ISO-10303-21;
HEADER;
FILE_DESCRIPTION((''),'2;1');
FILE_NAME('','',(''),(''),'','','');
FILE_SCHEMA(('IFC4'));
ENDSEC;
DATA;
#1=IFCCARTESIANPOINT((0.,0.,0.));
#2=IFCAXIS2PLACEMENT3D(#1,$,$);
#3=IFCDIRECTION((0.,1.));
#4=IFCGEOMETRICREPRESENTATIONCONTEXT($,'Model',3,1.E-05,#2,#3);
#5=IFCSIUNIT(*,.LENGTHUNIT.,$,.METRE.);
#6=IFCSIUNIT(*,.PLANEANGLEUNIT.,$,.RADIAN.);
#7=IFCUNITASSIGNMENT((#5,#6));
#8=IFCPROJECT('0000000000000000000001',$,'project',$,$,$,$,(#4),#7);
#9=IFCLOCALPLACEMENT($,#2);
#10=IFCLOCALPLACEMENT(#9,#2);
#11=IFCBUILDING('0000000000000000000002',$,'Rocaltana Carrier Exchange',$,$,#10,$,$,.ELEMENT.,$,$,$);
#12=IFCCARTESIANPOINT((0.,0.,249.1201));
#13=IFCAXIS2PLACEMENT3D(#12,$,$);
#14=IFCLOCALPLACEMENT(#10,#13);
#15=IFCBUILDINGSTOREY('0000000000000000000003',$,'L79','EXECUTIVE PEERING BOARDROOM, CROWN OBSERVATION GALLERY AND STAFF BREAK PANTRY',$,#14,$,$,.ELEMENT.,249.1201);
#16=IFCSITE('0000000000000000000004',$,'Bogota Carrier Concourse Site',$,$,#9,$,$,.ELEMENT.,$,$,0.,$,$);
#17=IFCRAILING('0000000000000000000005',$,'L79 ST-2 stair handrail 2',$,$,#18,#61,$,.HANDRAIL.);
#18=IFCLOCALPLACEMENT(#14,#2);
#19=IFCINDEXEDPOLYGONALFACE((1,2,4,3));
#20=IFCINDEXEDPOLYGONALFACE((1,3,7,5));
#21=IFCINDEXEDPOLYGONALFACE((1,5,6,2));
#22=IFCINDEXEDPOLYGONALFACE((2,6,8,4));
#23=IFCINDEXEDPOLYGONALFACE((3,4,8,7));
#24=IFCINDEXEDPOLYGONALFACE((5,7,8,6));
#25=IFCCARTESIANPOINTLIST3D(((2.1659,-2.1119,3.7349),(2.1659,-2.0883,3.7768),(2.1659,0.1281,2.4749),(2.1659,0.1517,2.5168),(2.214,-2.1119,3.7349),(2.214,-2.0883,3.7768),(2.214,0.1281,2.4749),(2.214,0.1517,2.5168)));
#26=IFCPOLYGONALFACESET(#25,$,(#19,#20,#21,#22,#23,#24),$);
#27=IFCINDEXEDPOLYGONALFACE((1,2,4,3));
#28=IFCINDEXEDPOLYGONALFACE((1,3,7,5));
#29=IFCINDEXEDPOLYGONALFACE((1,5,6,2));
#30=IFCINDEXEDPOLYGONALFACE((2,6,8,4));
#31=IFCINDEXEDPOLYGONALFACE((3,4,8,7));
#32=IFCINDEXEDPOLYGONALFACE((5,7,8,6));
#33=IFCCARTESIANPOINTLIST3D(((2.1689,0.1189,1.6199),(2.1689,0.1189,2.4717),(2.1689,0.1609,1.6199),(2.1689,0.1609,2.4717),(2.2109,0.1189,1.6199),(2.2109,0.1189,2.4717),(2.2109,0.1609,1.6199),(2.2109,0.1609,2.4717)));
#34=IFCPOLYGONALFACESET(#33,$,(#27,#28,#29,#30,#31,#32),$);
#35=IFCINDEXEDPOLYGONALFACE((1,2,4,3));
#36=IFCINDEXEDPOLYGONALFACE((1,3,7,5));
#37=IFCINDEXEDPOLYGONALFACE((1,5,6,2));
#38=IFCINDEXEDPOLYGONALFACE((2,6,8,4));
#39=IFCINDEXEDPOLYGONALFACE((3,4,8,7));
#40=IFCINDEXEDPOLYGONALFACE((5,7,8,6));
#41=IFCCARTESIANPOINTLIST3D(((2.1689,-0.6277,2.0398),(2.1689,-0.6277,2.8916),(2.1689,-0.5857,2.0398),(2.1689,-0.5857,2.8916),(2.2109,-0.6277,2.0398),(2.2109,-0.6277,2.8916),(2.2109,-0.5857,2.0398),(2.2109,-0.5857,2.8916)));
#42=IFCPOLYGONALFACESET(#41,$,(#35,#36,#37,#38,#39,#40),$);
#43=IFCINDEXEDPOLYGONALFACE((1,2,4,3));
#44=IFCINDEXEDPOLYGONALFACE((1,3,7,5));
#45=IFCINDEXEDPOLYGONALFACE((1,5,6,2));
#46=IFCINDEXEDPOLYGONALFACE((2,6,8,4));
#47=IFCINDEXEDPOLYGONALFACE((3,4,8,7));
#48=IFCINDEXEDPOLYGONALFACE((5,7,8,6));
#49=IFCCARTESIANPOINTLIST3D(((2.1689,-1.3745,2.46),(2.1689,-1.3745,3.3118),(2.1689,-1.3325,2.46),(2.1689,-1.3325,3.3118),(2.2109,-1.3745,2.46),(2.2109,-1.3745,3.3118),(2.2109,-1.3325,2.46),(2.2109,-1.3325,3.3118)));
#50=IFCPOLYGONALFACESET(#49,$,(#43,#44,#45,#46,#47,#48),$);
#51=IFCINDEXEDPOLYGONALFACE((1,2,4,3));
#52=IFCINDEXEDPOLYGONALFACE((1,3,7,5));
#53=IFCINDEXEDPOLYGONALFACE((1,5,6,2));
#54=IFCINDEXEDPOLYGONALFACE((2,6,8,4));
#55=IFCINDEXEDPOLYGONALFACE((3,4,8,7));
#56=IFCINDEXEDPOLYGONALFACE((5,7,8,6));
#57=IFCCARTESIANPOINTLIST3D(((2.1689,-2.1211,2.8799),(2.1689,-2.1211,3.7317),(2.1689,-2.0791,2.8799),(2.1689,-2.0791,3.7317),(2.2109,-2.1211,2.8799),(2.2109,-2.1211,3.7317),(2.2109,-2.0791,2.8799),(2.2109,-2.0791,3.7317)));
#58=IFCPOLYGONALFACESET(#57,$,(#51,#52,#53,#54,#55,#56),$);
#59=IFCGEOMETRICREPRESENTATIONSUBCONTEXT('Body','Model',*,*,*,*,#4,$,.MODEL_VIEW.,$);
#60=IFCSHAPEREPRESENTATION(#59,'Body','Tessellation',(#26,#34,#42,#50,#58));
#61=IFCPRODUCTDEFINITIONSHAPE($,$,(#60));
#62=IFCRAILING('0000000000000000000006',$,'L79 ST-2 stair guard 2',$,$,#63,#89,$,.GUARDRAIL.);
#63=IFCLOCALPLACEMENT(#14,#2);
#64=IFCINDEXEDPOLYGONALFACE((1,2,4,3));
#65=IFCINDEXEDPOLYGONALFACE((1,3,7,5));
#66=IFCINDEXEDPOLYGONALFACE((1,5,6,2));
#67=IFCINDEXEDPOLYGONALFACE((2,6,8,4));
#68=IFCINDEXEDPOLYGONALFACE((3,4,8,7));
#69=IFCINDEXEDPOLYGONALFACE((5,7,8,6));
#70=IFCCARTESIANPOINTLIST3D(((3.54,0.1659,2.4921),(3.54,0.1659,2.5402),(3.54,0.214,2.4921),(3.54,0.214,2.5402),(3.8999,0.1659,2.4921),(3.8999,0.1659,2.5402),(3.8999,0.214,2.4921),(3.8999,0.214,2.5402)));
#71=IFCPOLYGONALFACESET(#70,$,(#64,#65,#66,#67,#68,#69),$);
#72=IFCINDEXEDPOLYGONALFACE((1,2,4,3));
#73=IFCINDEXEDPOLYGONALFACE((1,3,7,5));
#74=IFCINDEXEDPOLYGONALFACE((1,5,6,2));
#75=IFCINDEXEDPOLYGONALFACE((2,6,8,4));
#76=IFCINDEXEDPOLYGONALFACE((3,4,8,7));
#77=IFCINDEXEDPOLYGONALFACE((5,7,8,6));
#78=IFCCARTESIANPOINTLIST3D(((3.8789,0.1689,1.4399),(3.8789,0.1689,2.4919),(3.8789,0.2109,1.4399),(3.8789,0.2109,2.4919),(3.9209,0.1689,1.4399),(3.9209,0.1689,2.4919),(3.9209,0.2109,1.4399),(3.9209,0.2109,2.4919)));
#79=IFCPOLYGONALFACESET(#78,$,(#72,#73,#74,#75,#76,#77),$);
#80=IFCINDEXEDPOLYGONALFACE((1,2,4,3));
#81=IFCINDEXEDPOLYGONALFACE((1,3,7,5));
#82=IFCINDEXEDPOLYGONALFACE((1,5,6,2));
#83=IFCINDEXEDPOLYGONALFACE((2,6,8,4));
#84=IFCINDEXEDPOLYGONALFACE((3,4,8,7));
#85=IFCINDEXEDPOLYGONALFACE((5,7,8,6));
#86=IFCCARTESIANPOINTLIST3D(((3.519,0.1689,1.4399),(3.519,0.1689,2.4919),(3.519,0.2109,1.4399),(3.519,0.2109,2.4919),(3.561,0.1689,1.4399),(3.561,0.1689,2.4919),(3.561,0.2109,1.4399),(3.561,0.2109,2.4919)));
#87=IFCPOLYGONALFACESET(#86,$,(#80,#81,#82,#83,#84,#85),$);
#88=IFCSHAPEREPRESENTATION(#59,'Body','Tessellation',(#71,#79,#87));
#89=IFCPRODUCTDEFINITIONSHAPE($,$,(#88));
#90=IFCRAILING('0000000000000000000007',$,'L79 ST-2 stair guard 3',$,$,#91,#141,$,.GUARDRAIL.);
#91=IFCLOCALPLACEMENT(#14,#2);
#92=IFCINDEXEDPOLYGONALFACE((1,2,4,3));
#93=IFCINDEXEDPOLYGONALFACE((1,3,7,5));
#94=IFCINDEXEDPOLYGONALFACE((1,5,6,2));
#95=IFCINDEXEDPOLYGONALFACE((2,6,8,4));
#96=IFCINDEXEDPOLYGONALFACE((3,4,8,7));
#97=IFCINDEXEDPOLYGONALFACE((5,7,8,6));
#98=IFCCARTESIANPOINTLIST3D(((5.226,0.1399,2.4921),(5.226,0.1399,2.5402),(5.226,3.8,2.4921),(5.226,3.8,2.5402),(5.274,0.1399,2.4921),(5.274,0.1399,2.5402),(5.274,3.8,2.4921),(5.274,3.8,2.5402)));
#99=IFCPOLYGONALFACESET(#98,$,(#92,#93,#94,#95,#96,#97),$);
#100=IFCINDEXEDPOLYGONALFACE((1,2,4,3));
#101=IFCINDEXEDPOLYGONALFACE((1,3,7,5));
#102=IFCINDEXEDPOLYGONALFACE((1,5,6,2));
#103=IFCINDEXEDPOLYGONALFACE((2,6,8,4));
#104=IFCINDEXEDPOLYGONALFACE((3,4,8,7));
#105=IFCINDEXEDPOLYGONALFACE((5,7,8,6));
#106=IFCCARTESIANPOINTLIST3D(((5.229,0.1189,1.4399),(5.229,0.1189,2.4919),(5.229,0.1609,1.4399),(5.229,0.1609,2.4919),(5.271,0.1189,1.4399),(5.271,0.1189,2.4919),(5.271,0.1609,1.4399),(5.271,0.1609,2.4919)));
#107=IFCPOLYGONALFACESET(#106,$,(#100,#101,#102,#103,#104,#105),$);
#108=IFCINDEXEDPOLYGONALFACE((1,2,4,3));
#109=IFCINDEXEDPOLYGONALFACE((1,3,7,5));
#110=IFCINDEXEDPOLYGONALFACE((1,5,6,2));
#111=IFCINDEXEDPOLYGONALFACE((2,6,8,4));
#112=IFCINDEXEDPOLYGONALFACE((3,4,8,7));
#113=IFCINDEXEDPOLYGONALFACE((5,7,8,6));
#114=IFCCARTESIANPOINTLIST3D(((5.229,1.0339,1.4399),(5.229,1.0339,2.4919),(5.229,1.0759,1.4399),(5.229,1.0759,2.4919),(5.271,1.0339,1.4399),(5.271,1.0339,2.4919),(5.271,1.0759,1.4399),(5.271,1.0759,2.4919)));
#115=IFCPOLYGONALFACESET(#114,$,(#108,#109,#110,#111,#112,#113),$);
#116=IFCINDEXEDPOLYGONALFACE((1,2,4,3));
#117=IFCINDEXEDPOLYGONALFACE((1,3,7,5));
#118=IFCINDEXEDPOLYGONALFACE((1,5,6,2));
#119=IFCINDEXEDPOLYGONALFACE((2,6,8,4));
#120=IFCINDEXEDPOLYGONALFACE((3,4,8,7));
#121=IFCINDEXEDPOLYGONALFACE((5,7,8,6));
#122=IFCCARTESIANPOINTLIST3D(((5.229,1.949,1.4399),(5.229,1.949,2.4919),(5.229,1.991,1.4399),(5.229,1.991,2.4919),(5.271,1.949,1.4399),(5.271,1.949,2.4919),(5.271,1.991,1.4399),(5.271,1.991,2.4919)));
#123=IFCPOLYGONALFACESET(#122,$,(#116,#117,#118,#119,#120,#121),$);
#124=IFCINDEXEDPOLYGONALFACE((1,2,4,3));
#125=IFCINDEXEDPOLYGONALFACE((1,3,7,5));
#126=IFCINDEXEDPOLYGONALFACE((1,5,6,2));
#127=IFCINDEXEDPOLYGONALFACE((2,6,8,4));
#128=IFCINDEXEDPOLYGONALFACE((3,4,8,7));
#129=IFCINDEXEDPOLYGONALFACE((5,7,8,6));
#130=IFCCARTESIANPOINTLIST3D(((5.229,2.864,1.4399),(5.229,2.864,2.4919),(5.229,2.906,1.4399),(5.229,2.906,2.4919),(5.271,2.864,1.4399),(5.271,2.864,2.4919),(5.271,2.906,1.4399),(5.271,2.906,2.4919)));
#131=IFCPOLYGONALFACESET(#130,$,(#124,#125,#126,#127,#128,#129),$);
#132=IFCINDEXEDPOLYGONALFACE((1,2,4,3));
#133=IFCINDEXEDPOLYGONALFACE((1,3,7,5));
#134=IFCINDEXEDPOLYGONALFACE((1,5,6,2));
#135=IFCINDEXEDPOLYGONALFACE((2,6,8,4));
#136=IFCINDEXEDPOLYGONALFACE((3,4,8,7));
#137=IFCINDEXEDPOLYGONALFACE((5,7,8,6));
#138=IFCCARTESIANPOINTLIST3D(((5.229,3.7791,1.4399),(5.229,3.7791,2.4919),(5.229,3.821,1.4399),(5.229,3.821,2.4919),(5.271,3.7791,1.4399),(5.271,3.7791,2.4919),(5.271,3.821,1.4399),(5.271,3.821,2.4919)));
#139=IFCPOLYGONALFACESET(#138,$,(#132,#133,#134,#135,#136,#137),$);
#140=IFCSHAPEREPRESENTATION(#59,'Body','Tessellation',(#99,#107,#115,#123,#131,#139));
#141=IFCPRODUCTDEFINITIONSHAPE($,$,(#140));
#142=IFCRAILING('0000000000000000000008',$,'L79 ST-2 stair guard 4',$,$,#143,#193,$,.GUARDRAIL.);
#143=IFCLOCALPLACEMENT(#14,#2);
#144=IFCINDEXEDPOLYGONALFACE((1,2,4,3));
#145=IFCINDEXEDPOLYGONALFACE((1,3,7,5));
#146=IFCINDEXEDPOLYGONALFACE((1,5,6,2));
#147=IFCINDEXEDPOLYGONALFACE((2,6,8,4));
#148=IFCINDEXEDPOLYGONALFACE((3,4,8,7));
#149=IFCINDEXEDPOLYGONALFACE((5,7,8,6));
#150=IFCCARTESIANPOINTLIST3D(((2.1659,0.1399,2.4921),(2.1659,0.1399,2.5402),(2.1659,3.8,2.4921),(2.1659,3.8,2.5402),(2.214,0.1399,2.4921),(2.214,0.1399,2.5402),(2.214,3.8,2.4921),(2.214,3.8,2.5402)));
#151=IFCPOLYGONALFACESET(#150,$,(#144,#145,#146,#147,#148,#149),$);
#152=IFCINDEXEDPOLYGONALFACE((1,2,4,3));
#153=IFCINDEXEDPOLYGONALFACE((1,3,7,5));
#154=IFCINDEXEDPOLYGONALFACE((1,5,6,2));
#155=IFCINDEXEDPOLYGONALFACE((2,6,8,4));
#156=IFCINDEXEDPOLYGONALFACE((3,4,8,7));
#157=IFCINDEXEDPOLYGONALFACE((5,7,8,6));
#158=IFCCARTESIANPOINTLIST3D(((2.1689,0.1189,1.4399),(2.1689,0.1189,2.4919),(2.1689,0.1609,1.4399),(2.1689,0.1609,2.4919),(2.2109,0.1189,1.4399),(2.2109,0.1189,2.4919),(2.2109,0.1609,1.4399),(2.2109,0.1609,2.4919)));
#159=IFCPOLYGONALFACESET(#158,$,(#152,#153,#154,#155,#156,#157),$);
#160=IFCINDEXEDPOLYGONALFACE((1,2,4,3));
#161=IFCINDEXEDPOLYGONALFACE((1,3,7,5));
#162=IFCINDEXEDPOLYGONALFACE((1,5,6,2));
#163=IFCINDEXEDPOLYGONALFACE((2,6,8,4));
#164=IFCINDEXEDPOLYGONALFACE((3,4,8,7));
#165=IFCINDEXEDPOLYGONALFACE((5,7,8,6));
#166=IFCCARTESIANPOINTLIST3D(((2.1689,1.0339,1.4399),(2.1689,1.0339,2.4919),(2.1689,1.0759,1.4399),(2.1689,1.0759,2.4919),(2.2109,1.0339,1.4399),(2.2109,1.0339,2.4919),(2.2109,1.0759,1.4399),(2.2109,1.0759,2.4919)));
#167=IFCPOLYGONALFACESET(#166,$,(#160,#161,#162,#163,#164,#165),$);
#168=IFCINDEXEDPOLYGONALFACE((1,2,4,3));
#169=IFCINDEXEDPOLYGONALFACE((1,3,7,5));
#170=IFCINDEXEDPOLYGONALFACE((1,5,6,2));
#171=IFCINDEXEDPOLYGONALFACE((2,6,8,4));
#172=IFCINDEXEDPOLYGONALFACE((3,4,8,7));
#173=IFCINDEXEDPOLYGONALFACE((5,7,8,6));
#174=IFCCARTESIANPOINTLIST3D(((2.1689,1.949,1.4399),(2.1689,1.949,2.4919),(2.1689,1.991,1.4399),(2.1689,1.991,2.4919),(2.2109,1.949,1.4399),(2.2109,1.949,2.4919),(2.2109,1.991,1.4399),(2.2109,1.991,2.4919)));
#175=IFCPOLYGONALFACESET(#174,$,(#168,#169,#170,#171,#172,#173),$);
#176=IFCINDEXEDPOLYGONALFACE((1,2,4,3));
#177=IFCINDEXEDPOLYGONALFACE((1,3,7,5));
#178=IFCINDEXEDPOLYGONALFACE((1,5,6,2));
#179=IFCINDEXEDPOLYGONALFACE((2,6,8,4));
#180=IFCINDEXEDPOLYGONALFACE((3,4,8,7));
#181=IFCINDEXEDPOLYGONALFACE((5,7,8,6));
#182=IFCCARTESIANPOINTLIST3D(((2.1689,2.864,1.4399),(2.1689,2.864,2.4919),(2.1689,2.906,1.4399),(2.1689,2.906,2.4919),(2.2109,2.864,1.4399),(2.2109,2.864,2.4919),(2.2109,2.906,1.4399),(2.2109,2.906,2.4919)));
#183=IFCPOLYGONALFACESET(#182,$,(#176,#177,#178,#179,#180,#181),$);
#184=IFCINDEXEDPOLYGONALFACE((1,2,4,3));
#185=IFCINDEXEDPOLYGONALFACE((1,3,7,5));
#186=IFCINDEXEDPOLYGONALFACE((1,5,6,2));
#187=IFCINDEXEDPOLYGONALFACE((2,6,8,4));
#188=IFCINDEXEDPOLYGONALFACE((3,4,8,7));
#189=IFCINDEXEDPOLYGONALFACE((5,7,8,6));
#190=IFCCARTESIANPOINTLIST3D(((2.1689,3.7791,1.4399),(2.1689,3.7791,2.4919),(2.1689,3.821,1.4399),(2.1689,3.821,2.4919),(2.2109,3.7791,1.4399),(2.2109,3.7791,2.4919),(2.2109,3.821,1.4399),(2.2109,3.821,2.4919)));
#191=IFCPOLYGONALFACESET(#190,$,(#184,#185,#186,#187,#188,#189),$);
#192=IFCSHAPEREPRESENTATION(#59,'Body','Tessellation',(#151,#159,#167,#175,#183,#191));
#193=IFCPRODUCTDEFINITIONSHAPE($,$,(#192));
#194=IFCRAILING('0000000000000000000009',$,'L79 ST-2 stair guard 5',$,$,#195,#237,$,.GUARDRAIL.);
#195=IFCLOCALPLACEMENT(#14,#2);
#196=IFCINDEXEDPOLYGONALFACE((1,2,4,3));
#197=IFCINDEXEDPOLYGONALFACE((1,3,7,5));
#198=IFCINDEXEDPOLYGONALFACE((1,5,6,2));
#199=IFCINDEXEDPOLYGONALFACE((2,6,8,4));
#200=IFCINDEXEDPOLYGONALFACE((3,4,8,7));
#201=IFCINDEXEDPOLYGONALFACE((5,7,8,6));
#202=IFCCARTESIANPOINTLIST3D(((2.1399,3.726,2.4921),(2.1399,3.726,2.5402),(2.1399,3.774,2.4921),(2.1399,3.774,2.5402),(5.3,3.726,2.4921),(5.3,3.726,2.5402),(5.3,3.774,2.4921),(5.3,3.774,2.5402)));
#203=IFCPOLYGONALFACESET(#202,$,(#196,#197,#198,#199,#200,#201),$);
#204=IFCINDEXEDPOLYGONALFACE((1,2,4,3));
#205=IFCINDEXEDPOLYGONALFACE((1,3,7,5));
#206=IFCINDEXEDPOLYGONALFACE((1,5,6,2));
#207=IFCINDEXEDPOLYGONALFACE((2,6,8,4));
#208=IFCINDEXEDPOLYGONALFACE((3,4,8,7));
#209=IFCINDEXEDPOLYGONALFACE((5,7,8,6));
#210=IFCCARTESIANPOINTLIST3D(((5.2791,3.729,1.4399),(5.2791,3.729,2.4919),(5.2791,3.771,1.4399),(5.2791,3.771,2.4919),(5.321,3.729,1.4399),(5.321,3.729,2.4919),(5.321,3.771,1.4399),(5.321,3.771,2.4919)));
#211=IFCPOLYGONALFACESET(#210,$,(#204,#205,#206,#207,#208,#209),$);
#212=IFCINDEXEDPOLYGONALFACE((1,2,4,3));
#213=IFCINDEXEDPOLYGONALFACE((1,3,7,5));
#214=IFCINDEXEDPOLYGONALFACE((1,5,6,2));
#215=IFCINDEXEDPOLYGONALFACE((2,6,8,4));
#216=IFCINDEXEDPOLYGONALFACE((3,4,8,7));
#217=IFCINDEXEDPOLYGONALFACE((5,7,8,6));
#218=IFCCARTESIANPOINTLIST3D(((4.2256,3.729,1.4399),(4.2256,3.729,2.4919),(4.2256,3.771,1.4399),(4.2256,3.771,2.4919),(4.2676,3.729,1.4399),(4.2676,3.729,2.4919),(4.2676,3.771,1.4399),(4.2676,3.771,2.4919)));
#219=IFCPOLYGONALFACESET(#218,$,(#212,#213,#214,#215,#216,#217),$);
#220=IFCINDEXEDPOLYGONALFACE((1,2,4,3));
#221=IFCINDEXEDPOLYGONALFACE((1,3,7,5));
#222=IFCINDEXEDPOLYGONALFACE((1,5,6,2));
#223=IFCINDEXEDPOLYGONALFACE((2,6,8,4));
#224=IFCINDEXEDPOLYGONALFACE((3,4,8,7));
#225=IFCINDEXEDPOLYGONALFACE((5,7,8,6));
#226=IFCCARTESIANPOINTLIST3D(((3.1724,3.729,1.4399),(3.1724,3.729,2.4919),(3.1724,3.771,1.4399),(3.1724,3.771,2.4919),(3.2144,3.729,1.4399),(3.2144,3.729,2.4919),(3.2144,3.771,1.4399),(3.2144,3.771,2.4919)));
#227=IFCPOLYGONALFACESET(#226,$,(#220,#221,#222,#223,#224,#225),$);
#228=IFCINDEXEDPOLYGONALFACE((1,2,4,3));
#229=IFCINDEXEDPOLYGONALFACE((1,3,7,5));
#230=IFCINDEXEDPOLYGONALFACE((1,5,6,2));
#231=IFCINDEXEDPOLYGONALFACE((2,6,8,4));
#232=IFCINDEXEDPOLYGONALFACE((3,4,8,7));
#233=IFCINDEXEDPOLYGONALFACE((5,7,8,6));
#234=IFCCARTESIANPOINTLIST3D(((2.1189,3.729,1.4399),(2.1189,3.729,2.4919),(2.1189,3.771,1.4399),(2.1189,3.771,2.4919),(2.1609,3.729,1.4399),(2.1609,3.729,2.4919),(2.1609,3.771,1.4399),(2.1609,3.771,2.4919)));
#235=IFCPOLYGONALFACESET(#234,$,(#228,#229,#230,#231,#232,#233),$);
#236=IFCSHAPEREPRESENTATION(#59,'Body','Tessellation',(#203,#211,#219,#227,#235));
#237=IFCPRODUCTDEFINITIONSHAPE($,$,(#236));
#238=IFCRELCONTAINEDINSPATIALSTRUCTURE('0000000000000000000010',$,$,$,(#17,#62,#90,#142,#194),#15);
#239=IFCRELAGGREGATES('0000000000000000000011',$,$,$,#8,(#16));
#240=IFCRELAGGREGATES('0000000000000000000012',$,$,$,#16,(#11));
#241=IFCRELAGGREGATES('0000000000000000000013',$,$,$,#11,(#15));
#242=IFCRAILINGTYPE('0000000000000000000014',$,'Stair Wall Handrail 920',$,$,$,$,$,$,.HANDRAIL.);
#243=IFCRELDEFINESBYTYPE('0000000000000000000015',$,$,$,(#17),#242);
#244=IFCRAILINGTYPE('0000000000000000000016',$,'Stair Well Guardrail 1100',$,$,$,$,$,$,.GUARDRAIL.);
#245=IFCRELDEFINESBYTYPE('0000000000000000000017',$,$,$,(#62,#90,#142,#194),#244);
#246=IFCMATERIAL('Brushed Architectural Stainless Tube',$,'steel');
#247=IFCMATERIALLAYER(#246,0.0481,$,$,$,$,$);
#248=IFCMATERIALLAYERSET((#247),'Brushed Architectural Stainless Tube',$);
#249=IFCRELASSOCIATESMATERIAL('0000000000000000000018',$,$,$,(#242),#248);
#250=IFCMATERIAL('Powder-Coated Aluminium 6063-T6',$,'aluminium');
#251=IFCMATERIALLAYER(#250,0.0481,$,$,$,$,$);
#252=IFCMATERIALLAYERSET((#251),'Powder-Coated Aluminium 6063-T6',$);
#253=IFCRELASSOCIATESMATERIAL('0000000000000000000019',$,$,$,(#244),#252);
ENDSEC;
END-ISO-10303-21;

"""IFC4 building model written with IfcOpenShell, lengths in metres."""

from ifc_helpers import new_model, si_unit, direction, frame, origin, origin_2d, place, context, subcontext, project, spatial, rectangle, extrude, material, layer, layer_set, type_object, element, save


model = new_model("IFC4")

# Units and contexts
model_context = context("Model", 3, precision=1e-05, world=origin(), true_north=direction((0.0, 1.0)))
body_context = subcontext(model_context, "Body", "Model", "MODEL_VIEW")
ifc_project = project(units=[si_unit("LENGTHUNIT", "METRE"), si_unit("PLANEANGLEUNIT", "RADIAN")], contexts=[model_context])

# Site, building, storey
site_placement = place(None, origin())
site = spatial("IfcSite", under=ifc_project, at=site_placement, Name="Bogota Carrier Concourse Site", CompositionType="ELEMENT", RefElevation=0.0)
building_placement = place(site_placement, origin())
building = spatial("IfcBuilding", under=site, at=building_placement, Name="Rocaltana Carrier Exchange", CompositionType="ELEMENT")
storey_placement = place(building_placement, frame((0.0, 0.0, 249.1201)))
storey = spatial("IfcBuildingStorey", under=building, at=storey_placement, Name="L79", Description="EXECUTIVE PEERING BOARDROOM, CROWN OBSERVATION GALLERY AND STAFF BREAK PANTRY", CompositionType="ELEMENT", Elevation=249.1201)

# Railings
ifc_material_1 = material(Name="Brushed Architectural Stainless Tube", Category="steel")
ifc_layer_1 = layer(ifc_material_1, 0.0481)
ifc_layer_set_1 = layer_set([ifc_layer_1], Name="Brushed Architectural Stainless Tube")
railing_type_1 = type_object("IfcRailingType", Name="Stair Wall Handrail 920", PredefinedType="HANDRAIL", material=ifc_layer_set_1)
railing_1_placement = place(storey_placement, frame((2.1899, 0.1399, 1.6199)))
element("IfcRailing", 1, at=railing_1_placement, inside=storey, type_object=railing_type_1, Name="L79 ST-2 stair handrail 2", PredefinedType="HANDRAIL", context=body_context, shape_type="SweptSolid", body=[
    extrude(rectangle(XDim=0.0481, YDim=0.0481, at=origin_2d()), frame((0.0, 0.0, 0.876), z_axis=(0.0, -0.871573, 0.490266), x_axis=(1.0, 0.0, 0.0)), (0.0, 0.0, 1.0), 2.5701),
    extrude(rectangle(XDim=0.042, YDim=0.042, at=origin_2d()), origin(), (0.0, 0.0, 1.0), 0.8518),
    extrude(rectangle(XDim=0.042, YDim=0.042, at=origin_2d()), frame((0.0, -0.7466, 0.4199)), (0.0, 0.0, 1.0), 0.8518),
    extrude(rectangle(XDim=0.042, YDim=0.042, at=origin_2d()), frame((0.0, -1.4934, 0.8401)), (0.0, 0.0, 1.0), 0.8518),
    extrude(rectangle(XDim=0.042, YDim=0.042, at=origin_2d()), frame((0.0, -2.24, 1.26)), (0.0, 0.0, 1.0), 0.8518),
])
ifc_material_2 = material(Name="Powder-Coated Aluminium 6063-T6", Category="aluminium")
ifc_layer_2 = layer(ifc_material_2, 0.0481)
ifc_layer_set_2 = layer_set([ifc_layer_2], Name="Powder-Coated Aluminium 6063-T6")
railing_type_2 = type_object("IfcRailingType", Name="Stair Well Guardrail 1100", PredefinedType="GUARDRAIL", material=ifc_layer_set_2)
railing_2_placement = place(storey_placement, frame((3.8999, 0.1899, 1.4399)))
element("IfcRailing", 2, at=railing_2_placement, inside=storey, type_object=railing_type_2, Name="L79 ST-2 stair guard 2", PredefinedType="GUARDRAIL", context=body_context, shape_type="SweptSolid", body=[
    extrude(rectangle(XDim=0.0481, YDim=0.0481, at=origin_2d()), frame((0.0, 0.0, 1.0762), z_axis=(-1.0, 0.0, 0.0), x_axis=(0.0, -1.0, 0.0)), (0.0, 0.0, 1.0), 0.3599),
    extrude(rectangle(XDim=0.042, YDim=0.042, at=origin_2d()), origin(), (0.0, 0.0, 1.0), 1.052),
    extrude(rectangle(XDim=0.042, YDim=0.042, at=origin_2d()), frame((-0.3599, 0.0, 0.0)), (0.0, 0.0, 1.0), 1.052),
])
for number, where, name in (
    (3, (5.25, 0.1399, 1.4399), "L79 ST-2 stair guard 3"),
    (4, (2.1899, 0.1399, 1.4399), "L79 ST-2 stair guard 4"),
):
    element("IfcRailing", number, at=place(storey_placement, frame(where)), inside=storey, type_object=railing_type_2, Name=name, PredefinedType="GUARDRAIL", context=body_context, shape_type="SweptSolid", body=[
        extrude(rectangle(XDim=0.0481, YDim=0.0481, at=origin_2d()), frame((0.0, 0.0, 1.0762), z_axis=(0.0, 1.0, 0.0), x_axis=(-1.0, 0.0, 0.0)), (0.0, 0.0, 1.0), 3.6602),
        extrude(rectangle(XDim=0.042, YDim=0.042, at=origin_2d()), origin(), (0.0, 0.0, 1.0), 1.052),
        extrude(rectangle(XDim=0.042, YDim=0.042, at=origin_2d()), frame((0.0, 0.915, 0.0)), (0.0, 0.0, 1.0), 1.052),
        extrude(rectangle(XDim=0.042, YDim=0.042, at=origin_2d()), frame((0.0, 1.8301, 0.0)), (0.0, 0.0, 1.0), 1.052),
        extrude(rectangle(XDim=0.042, YDim=0.042, at=origin_2d()), frame((0.0, 2.7451, 0.0)), (0.0, 0.0, 1.0), 1.052),
        extrude(rectangle(XDim=0.042, YDim=0.042, at=origin_2d()), frame((0.0, 3.6602, 0.0)), (0.0, 0.0, 1.0), 1.052),
    ])
railing_3_placement = place(storey_placement, frame((5.3, 3.75, 1.4399)))
element("IfcRailing", 5, at=railing_3_placement, inside=storey, type_object=railing_type_2, Name="L79 ST-2 stair guard 5", PredefinedType="GUARDRAIL", context=body_context, shape_type="SweptSolid", body=[
    extrude(rectangle(XDim=0.0481, YDim=0.0481, at=origin_2d()), frame((0.0, 0.0, 1.0762), z_axis=(-1.0, 0.0, 0.0), x_axis=(0.0, -1.0, 0.0)), (0.0, 0.0, 1.0), 3.1602),
    extrude(rectangle(XDim=0.042, YDim=0.042, at=origin_2d()), origin(), (0.0, 0.0, 1.0), 1.052),
    extrude(rectangle(XDim=0.042, YDim=0.042, at=origin_2d()), frame((-1.0535, 0.0, 0.0)), (0.0, 0.0, 1.0), 1.052),
    extrude(rectangle(XDim=0.042, YDim=0.042, at=origin_2d()), frame((-2.1067, 0.0, 0.0)), (0.0, 0.0, 1.0), 1.052),
    extrude(rectangle(XDim=0.042, YDim=0.042, at=origin_2d()), frame((-3.1602, 0.0, 0.0)), (0.0, 0.0, 1.0), 1.052),
])

save(model, "model.ifc")
